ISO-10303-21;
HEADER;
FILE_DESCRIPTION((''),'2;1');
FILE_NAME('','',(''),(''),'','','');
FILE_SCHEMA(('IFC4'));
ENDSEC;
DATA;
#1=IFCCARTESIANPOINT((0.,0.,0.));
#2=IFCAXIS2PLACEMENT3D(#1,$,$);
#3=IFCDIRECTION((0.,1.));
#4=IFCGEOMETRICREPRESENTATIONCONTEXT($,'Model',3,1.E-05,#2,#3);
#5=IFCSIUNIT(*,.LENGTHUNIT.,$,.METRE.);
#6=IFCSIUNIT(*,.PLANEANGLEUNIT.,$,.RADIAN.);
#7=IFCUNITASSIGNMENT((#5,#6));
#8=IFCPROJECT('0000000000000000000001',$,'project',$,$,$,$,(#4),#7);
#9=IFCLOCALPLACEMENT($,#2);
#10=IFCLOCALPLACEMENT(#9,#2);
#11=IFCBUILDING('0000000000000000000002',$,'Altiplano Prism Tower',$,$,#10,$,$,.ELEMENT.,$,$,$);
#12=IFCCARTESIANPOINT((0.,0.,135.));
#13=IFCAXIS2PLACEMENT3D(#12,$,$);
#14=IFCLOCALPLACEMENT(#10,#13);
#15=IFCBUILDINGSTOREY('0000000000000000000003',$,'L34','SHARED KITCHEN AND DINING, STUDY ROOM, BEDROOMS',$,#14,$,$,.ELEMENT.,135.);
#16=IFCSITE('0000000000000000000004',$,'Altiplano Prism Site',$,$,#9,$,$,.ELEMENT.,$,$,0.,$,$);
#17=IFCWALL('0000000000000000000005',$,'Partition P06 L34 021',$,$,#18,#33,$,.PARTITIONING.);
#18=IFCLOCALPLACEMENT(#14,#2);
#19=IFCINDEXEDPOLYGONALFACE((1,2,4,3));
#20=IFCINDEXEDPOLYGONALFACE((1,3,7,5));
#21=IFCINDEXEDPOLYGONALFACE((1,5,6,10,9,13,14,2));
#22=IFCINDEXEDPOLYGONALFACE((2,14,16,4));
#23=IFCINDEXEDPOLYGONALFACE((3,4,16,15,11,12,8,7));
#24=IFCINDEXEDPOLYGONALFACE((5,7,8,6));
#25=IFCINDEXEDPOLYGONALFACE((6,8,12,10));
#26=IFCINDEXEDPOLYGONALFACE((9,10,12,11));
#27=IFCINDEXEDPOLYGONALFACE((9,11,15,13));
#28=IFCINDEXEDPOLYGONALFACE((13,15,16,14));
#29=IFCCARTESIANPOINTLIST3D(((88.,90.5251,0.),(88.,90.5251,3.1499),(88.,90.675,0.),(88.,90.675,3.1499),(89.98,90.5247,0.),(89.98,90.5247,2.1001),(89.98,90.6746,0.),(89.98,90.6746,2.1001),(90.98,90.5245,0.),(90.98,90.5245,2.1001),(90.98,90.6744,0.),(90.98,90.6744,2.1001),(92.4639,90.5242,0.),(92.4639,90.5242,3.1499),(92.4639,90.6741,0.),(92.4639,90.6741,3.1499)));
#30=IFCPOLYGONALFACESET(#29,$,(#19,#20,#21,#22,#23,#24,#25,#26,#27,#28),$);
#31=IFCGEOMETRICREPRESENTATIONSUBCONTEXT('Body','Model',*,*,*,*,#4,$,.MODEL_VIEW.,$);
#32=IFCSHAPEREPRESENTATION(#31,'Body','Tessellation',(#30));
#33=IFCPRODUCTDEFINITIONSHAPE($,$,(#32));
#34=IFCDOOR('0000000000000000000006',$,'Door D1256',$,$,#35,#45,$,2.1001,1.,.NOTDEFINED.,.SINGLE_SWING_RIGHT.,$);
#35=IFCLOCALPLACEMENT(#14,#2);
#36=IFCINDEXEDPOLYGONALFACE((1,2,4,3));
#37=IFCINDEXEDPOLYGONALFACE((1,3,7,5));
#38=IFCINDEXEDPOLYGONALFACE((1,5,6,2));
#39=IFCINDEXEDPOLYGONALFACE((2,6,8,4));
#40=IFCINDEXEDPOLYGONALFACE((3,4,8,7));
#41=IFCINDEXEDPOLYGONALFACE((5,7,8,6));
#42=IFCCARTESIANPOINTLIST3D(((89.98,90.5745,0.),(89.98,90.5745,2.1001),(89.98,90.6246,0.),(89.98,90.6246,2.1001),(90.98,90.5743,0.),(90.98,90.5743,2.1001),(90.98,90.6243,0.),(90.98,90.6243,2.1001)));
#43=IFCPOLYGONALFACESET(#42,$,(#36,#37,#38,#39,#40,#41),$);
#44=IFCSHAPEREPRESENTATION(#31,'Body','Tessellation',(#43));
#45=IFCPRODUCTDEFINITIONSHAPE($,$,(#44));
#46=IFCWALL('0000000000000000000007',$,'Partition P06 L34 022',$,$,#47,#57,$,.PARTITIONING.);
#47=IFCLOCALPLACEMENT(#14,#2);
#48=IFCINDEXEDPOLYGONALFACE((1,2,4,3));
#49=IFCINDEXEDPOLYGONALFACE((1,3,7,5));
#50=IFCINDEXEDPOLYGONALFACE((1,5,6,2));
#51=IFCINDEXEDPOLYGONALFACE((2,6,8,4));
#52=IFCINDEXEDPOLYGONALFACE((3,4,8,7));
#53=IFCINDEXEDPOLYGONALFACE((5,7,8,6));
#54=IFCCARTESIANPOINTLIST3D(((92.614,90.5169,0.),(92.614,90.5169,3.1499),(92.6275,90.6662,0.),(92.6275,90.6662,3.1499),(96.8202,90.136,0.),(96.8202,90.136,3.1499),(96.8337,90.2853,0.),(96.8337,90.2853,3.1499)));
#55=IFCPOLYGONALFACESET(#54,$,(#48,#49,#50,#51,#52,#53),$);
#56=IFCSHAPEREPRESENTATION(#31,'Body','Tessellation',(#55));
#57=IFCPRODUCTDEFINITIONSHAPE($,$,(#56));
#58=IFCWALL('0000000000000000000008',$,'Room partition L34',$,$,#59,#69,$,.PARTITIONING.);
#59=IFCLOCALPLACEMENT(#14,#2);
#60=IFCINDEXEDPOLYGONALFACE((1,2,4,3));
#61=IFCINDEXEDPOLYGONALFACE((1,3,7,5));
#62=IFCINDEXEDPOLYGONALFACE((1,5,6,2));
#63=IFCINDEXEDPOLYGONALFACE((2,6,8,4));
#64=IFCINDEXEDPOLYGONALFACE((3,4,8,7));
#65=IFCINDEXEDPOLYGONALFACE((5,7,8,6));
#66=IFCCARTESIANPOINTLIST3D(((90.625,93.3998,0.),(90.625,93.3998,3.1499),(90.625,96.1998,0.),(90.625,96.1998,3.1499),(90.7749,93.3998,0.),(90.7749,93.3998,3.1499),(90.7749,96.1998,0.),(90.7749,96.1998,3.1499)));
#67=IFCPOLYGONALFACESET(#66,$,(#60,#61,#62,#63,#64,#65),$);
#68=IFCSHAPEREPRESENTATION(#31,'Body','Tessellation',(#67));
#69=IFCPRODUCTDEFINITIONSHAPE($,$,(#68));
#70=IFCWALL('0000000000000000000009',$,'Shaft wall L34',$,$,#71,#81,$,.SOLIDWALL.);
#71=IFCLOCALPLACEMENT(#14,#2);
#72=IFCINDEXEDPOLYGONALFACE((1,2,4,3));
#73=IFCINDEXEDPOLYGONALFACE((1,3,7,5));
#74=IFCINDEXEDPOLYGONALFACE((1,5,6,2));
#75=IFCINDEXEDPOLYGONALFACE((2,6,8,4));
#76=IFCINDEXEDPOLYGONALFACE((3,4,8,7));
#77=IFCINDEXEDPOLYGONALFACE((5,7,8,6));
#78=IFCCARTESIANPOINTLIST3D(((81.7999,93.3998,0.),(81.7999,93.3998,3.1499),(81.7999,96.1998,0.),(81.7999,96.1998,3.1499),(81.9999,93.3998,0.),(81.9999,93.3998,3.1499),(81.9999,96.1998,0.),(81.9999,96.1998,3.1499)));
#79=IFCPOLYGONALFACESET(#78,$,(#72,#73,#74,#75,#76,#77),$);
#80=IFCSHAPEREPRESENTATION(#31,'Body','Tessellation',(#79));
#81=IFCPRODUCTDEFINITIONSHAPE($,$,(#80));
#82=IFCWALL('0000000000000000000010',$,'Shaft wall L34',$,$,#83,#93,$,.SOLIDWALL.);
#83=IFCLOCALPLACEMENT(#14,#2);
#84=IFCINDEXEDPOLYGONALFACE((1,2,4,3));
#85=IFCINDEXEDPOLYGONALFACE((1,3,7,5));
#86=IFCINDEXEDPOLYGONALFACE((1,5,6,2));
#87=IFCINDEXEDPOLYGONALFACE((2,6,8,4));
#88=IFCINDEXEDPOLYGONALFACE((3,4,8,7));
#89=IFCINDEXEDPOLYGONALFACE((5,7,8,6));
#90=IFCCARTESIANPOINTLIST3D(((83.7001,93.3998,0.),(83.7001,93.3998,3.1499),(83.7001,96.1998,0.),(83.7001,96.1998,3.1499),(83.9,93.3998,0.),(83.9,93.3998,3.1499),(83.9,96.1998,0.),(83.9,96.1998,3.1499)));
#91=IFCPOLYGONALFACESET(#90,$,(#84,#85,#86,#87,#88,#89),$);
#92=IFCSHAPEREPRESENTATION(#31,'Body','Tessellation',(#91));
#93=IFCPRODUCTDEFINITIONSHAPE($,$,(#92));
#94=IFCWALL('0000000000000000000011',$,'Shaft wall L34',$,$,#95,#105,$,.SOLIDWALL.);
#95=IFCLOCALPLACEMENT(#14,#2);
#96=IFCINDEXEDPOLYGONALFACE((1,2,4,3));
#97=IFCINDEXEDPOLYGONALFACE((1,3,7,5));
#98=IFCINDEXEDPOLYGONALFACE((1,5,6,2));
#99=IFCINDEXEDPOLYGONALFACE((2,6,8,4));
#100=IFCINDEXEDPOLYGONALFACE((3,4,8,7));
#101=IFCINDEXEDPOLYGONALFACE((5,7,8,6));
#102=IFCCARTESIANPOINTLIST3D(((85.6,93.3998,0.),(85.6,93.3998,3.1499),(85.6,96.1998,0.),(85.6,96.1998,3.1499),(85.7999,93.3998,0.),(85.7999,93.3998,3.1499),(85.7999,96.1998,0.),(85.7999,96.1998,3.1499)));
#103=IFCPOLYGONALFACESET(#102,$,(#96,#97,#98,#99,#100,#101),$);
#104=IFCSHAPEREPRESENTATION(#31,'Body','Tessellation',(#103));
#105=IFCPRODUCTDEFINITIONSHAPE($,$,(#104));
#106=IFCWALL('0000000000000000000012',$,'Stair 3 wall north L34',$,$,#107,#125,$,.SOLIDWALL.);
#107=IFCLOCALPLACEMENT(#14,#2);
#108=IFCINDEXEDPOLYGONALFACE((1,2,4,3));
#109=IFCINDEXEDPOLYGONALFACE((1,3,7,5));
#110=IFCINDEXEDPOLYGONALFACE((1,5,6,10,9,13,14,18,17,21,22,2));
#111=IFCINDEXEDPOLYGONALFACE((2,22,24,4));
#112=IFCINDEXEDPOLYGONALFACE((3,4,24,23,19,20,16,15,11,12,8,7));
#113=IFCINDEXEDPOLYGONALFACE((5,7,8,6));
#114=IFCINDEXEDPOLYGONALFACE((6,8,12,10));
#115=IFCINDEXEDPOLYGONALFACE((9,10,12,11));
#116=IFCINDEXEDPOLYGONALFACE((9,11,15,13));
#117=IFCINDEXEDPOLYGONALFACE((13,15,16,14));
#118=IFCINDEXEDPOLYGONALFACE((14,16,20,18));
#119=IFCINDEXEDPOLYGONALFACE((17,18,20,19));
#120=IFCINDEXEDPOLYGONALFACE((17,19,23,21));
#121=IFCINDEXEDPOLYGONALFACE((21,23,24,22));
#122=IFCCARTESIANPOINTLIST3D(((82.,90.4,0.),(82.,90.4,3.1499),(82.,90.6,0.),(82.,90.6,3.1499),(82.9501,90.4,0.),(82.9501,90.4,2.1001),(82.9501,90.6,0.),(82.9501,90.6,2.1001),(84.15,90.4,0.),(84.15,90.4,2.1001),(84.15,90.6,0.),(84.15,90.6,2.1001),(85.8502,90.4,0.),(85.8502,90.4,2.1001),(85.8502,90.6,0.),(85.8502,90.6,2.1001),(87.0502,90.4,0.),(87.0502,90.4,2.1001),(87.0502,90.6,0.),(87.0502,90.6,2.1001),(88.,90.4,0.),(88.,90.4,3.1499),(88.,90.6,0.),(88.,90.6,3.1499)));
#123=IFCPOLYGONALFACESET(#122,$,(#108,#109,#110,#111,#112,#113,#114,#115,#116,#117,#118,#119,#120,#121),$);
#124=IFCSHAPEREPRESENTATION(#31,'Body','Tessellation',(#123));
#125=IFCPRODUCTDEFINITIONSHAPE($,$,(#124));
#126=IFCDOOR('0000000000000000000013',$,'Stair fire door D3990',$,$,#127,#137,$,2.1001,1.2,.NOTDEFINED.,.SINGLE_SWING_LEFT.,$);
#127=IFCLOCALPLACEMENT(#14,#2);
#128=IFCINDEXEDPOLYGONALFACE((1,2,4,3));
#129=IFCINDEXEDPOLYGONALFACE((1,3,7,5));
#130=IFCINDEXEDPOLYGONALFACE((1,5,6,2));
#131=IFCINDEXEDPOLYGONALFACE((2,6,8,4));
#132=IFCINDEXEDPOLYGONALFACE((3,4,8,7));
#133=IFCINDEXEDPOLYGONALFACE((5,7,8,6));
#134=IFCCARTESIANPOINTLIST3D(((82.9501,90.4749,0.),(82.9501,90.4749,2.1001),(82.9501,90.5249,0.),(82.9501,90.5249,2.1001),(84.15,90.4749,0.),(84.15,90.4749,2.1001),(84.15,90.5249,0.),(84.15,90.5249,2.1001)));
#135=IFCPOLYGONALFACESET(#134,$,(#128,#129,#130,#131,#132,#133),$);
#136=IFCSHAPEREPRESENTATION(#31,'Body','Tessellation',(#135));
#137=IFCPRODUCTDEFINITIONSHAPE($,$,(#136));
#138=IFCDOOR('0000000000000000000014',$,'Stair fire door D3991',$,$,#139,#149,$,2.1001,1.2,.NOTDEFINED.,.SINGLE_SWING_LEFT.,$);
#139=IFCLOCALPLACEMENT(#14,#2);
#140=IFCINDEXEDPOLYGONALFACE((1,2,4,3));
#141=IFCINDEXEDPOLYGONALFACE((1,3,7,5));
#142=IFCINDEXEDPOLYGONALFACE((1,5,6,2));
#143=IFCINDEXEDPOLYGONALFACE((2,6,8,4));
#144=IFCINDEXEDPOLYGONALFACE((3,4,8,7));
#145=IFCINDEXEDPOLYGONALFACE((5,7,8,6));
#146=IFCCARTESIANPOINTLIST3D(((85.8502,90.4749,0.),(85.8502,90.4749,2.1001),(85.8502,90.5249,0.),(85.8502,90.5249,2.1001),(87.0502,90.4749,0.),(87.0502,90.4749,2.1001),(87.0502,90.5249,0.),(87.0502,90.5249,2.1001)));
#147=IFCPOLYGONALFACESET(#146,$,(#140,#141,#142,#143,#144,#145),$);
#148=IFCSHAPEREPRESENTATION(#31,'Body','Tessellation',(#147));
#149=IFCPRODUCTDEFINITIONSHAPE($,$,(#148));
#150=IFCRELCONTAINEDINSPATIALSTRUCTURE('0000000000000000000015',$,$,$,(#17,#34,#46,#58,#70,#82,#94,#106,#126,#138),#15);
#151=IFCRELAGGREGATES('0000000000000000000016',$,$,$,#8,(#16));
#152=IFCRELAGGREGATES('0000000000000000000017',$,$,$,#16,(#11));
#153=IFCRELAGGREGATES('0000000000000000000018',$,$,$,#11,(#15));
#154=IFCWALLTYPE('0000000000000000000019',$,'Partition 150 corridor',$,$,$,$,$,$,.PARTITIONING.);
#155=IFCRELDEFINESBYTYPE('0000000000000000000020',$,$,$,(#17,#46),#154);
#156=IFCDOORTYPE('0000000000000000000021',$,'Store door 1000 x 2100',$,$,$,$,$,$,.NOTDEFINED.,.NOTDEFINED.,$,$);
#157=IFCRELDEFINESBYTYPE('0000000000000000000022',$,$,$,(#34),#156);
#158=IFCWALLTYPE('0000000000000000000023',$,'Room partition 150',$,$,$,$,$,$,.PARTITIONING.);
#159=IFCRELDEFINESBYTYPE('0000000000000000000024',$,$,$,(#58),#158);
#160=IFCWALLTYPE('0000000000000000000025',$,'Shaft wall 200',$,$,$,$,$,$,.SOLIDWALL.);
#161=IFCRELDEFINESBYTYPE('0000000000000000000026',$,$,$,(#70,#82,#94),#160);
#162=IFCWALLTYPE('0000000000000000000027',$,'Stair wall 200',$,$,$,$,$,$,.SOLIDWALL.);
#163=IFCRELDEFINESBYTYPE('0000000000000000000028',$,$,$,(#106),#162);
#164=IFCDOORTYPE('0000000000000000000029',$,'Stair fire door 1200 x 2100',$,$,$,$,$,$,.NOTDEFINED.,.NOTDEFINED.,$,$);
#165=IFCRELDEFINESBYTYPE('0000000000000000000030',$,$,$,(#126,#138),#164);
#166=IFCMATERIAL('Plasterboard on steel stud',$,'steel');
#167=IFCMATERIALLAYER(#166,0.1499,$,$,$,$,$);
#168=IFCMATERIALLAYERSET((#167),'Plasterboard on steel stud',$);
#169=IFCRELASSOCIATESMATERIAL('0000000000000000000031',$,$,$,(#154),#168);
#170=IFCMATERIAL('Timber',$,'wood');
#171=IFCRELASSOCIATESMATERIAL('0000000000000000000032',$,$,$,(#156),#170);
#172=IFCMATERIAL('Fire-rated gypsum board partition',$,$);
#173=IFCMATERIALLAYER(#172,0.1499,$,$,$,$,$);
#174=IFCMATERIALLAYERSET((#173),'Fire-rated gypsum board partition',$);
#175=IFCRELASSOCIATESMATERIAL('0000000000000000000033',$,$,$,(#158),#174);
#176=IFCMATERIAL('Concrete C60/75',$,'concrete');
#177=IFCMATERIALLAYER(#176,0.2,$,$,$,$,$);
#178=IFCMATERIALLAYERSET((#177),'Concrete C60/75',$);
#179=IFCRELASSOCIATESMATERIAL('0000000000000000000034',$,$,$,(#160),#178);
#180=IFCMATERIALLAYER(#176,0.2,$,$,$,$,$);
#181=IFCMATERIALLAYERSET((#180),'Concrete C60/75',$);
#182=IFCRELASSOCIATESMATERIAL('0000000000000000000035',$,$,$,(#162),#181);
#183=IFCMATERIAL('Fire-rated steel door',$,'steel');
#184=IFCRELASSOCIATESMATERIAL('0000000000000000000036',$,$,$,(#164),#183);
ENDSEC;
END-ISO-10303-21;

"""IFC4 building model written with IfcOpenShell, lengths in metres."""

from ifc_helpers import new_model, si_unit, direction, frame, frame_2d, origin, place, context, subcontext, project, spatial, rectangle, extrude, material, layer, layer_set, type_object, element, fill, save


model = new_model("IFC4")

# Units and contexts
model_context = context("Model", 3, precision=1e-05, world=origin(), true_north=direction((0.0, 1.0)))
body_context = subcontext(model_context, "Body", "Model", "MODEL_VIEW")
ifc_project = project(units=[si_unit("LENGTHUNIT", "METRE"), si_unit("PLANEANGLEUNIT", "RADIAN")], contexts=[model_context])

# Site, building, storey
site_placement = place(None, origin())
site = spatial("IfcSite", under=ifc_project, at=site_placement, Name="Altiplano Prism Site", CompositionType="ELEMENT", RefElevation=0.0)
building_placement = place(site_placement, origin())
building = spatial("IfcBuilding", under=site, at=building_placement, Name="Altiplano Prism Tower", CompositionType="ELEMENT")
storey_placement = place(building_placement, frame((0.0, 0.0, 135.0)))
storey = spatial("IfcBuildingStorey", under=building, at=storey_placement, Name="L34", Description="SHARED KITCHEN AND DINING, STUDY ROOM, BEDROOMS", CompositionType="ELEMENT", Elevation=135.0)

# Wall, opening, door
ifc_material_1 = material(Name="Plasterboard on steel stud", Category="steel")
ifc_layer_1 = layer(ifc_material_1, 0.1499)
ifc_layer_set_1 = layer_set([ifc_layer_1], Name="Plasterboard on steel stud")
wall_type_1 = type_object("IfcWallType", Name="Partition 150 corridor", PredefinedType="PARTITIONING", material=ifc_layer_set_1)
wall_1_placement = place(storey_placement, frame((88.0, 90.6001, 0.0), z_axis=(0.0, 0.0, 1.0), x_axis=(1.0, -0.000219, 0.0)))
wall_1 = element("IfcWall", 1, at=wall_1_placement, inside=storey, type_object=wall_type_1, Name="Partition P06 L34 021", PredefinedType="PARTITIONING", context=body_context, shape_type="SweptSolid", body=[
    extrude(rectangle(XDim=4.4639, YDim=0.1499, at=frame_2d((2.2319, 0.0))), origin(), (0.0, 0.0, 1.0), 3.1499),
])
opening_1_placement = place(wall_1_placement, frame((1.98, 0.0, 0.0)))
opening_1 = element("IfcOpeningElement", 2, at=opening_1_placement, cuts=wall_1, PredefinedType="OPENING", context=body_context, shape_type="SweptSolid", body=[
    extrude(rectangle(XDim=1.0, YDim=2.1001, at=frame_2d((0.5, 1.05))), frame((0.0, 0.0854, 0.0), z_axis=(0.0, -1.0, 0.0), x_axis=(1.0, 0.0, 0.0)), (0.0, 0.0, 1.0), 0.1709),
])
ifc_material_2 = material(Name="Timber", Category="wood")
door_type_1 = type_object("IfcDoorType", Name="Store door 1000 x 2100", OperationType="NOTDEFINED", PredefinedType="NOTDEFINED", material=ifc_material_2)
door_1_placement = place(opening_1_placement, origin())
door_1 = element("IfcDoor", 3, at=door_1_placement, inside=storey, type_object=door_type_1, Name="Door D1256", OperationType="SINGLE_SWING_RIGHT", OverallHeight=2.1001, OverallWidth=1.0, PredefinedType="NOTDEFINED", context=body_context, shape_type="SweptSolid", body=[
    extrude(rectangle(XDim=1.0, YDim=2.1001, at=frame_2d((0.5, 1.05))), frame((0.0, 0.0249, 0.0), z_axis=(0.0, -1.0, 0.0), x_axis=(1.0, 0.0, 0.0)), (0.0, 0.0, 1.0), 0.05),
])
fill(opening_1, door_1)

# Walls
wall_2_placement = place(storey_placement, frame((92.6206, 90.5916, 0.0), z_axis=(0.0, 0.0, 1.0), x_axis=(0.995926, -0.090176, 0.0)))
element("IfcWall", 4, at=wall_2_placement, inside=storey, type_object=wall_type_1, Name="Partition P06 L34 022", PredefinedType="PARTITIONING", context=body_context, shape_type="SweptSolid", body=[
    extrude(rectangle(XDim=4.2234, YDim=0.1499, at=frame_2d((2.1118, 0.0))), origin(), (0.0, 0.0, 1.0), 3.1499),
])
ifc_material_3 = material(Name="Fire-rated gypsum board partition")
ifc_layer_2 = layer(ifc_material_3, 0.1499)
ifc_layer_set_2 = layer_set([ifc_layer_2], Name="Fire-rated gypsum board partition")
wall_type_2 = type_object("IfcWallType", Name="Room partition 150", PredefinedType="PARTITIONING", material=ifc_layer_set_2)
wall_3_placement = place(storey_placement, frame((90.7, 93.3999, 0.0), z_axis=(0.0, 0.0, 1.0), x_axis=(0.0, 1.0, 0.0)))
element("IfcWall", 5, at=wall_3_placement, inside=storey, type_object=wall_type_2, Name="Room partition L34", PredefinedType="PARTITIONING", context=body_context, shape_type="SweptSolid", body=[
    extrude(rectangle(XDim=2.8, YDim=0.1499, at=frame_2d((1.3999, 0.0))), origin(), (0.0, 0.0, 1.0), 3.1499),
])
ifc_material_4 = material(Name="Concrete C60/75", Category="concrete")
ifc_layer_3 = layer(ifc_material_4, 0.2)
ifc_layer_set_3 = layer_set([ifc_layer_3], Name="Concrete C60/75")
wall_type_3 = type_object("IfcWallType", Name="Shaft wall 200", PredefinedType="SOLIDWALL", material=ifc_layer_set_3)
for number, where, z_axis, x_axis, name in (
    (6, (81.8999, 93.3999, 0.0), (0.0, 0.0, 1.0), (0.0, 1.0, 0.0), "Shaft wall L34"),
    (7, (83.8, 93.3999, 0.0), (0.0, 0.0, 1.0), (0.0, 1.0, 0.0), "Shaft wall L34"),
    (8, (85.7, 93.3999, 0.0), (0.0, 0.0, 1.0), (0.0, 1.0, 0.0), "Shaft wall L34"),
):
    element("IfcWall", number, at=place(storey_placement, frame(where, z_axis=z_axis, x_axis=x_axis)), inside=storey, type_object=wall_type_3, Name=name, PredefinedType="SOLIDWALL", context=body_context, shape_type="SweptSolid", body=[
        extrude(rectangle(XDim=2.8, YDim=0.2, at=frame_2d((1.3999, 0.0))), origin(), (0.0, 0.0, 1.0), 3.1499),
    ])

# Wall, openings, doors
ifc_layer_4 = layer(ifc_material_4, 0.2)
ifc_layer_set_4 = layer_set([ifc_layer_4], Name="Concrete C60/75")
wall_type_4 = type_object("IfcWallType", Name="Stair wall 200", PredefinedType="SOLIDWALL", material=ifc_layer_set_4)
wall_4_placement = place(storey_placement, frame((82.0, 90.5, 0.0), z_axis=(0.0, 0.0, 1.0), x_axis=(1.0, 0.0, 0.0)))
wall_4 = element("IfcWall", 9, at=wall_4_placement, inside=storey, type_object=wall_type_4, Name="Stair 3 wall north L34", PredefinedType="SOLIDWALL", context=body_context, shape_type="SweptSolid", body=[
    extrude(rectangle(XDim=6.0, YDim=0.2, at=frame_2d((3.0, 0.0))), origin(), (0.0, 0.0, 1.0), 3.1499),
])
opening_2_placement = place(wall_4_placement, frame((0.95, 0.0, 0.0)))
opening_2 = element("IfcOpeningElement", 10, at=opening_2_placement, cuts=wall_4, PredefinedType="OPENING", context=body_context, shape_type="SweptSolid", body=[
    extrude(rectangle(XDim=1.2, YDim=2.1001, at=frame_2d((0.6001, 1.05))), frame((0.0, 0.1104, 0.0), z_axis=(0.0, -1.0, 0.0), x_axis=(1.0, 0.0, 0.0)), (0.0, 0.0, 1.0), 0.2209),
])
opening_3_placement = place(wall_4_placement, frame((3.8501, 0.0, 0.0)))
opening_3 = element("IfcOpeningElement", 11, at=opening_3_placement, cuts=wall_4, PredefinedType="OPENING", context=body_context, shape_type="SweptSolid", body=[
    extrude(rectangle(XDim=1.2, YDim=2.1001, at=frame_2d((0.6001, 1.05))), frame((0.0, 0.1104, 0.0), z_axis=(0.0, -1.0, 0.0), x_axis=(1.0, 0.0, 0.0)), (0.0, 0.0, 1.0), 0.2209),
])
ifc_material_5 = material(Name="Fire-rated steel door", Category="steel")
door_type_2 = type_object("IfcDoorType", Name="Stair fire door 1200 x 2100", OperationType="NOTDEFINED", PredefinedType="NOTDEFINED", material=ifc_material_5)
door_2_placement = place(opening_2_placement, origin())
door_2 = element("IfcDoor", 12, at=door_2_placement, inside=storey, type_object=door_type_2, Name="Stair fire door D3990", OperationType="SINGLE_SWING_LEFT", OverallHeight=2.1001, OverallWidth=1.2, PredefinedType="NOTDEFINED", context=body_context, shape_type="SweptSolid", body=[
    extrude(rectangle(XDim=1.2, YDim=2.1001, at=frame_2d((0.6001, 1.05))), frame((0.0, 0.0249, 0.0), z_axis=(0.0, -1.0, 0.0), x_axis=(1.0, 0.0, 0.0)), (0.0, 0.0, 1.0), 0.05),
])
fill(opening_2, door_2)
door_3_placement = place(opening_3_placement, origin())
door_3 = element("IfcDoor", 13, at=door_3_placement, inside=storey, type_object=door_type_2, Name="Stair fire door D3991", OperationType="SINGLE_SWING_LEFT", OverallHeight=2.1001, OverallWidth=1.2, PredefinedType="NOTDEFINED", context=body_context, shape_type="SweptSolid", body=[
    extrude(rectangle(XDim=1.2, YDim=2.1001, at=frame_2d((0.6001, 1.05))), frame((0.0, 0.0249, 0.0), z_axis=(0.0, -1.0, 0.0), x_axis=(1.0, 0.0, 0.0)), (0.0, 0.0, 1.0), 0.05),
])
fill(opening_3, door_3)

save(model, "model.ifc")
